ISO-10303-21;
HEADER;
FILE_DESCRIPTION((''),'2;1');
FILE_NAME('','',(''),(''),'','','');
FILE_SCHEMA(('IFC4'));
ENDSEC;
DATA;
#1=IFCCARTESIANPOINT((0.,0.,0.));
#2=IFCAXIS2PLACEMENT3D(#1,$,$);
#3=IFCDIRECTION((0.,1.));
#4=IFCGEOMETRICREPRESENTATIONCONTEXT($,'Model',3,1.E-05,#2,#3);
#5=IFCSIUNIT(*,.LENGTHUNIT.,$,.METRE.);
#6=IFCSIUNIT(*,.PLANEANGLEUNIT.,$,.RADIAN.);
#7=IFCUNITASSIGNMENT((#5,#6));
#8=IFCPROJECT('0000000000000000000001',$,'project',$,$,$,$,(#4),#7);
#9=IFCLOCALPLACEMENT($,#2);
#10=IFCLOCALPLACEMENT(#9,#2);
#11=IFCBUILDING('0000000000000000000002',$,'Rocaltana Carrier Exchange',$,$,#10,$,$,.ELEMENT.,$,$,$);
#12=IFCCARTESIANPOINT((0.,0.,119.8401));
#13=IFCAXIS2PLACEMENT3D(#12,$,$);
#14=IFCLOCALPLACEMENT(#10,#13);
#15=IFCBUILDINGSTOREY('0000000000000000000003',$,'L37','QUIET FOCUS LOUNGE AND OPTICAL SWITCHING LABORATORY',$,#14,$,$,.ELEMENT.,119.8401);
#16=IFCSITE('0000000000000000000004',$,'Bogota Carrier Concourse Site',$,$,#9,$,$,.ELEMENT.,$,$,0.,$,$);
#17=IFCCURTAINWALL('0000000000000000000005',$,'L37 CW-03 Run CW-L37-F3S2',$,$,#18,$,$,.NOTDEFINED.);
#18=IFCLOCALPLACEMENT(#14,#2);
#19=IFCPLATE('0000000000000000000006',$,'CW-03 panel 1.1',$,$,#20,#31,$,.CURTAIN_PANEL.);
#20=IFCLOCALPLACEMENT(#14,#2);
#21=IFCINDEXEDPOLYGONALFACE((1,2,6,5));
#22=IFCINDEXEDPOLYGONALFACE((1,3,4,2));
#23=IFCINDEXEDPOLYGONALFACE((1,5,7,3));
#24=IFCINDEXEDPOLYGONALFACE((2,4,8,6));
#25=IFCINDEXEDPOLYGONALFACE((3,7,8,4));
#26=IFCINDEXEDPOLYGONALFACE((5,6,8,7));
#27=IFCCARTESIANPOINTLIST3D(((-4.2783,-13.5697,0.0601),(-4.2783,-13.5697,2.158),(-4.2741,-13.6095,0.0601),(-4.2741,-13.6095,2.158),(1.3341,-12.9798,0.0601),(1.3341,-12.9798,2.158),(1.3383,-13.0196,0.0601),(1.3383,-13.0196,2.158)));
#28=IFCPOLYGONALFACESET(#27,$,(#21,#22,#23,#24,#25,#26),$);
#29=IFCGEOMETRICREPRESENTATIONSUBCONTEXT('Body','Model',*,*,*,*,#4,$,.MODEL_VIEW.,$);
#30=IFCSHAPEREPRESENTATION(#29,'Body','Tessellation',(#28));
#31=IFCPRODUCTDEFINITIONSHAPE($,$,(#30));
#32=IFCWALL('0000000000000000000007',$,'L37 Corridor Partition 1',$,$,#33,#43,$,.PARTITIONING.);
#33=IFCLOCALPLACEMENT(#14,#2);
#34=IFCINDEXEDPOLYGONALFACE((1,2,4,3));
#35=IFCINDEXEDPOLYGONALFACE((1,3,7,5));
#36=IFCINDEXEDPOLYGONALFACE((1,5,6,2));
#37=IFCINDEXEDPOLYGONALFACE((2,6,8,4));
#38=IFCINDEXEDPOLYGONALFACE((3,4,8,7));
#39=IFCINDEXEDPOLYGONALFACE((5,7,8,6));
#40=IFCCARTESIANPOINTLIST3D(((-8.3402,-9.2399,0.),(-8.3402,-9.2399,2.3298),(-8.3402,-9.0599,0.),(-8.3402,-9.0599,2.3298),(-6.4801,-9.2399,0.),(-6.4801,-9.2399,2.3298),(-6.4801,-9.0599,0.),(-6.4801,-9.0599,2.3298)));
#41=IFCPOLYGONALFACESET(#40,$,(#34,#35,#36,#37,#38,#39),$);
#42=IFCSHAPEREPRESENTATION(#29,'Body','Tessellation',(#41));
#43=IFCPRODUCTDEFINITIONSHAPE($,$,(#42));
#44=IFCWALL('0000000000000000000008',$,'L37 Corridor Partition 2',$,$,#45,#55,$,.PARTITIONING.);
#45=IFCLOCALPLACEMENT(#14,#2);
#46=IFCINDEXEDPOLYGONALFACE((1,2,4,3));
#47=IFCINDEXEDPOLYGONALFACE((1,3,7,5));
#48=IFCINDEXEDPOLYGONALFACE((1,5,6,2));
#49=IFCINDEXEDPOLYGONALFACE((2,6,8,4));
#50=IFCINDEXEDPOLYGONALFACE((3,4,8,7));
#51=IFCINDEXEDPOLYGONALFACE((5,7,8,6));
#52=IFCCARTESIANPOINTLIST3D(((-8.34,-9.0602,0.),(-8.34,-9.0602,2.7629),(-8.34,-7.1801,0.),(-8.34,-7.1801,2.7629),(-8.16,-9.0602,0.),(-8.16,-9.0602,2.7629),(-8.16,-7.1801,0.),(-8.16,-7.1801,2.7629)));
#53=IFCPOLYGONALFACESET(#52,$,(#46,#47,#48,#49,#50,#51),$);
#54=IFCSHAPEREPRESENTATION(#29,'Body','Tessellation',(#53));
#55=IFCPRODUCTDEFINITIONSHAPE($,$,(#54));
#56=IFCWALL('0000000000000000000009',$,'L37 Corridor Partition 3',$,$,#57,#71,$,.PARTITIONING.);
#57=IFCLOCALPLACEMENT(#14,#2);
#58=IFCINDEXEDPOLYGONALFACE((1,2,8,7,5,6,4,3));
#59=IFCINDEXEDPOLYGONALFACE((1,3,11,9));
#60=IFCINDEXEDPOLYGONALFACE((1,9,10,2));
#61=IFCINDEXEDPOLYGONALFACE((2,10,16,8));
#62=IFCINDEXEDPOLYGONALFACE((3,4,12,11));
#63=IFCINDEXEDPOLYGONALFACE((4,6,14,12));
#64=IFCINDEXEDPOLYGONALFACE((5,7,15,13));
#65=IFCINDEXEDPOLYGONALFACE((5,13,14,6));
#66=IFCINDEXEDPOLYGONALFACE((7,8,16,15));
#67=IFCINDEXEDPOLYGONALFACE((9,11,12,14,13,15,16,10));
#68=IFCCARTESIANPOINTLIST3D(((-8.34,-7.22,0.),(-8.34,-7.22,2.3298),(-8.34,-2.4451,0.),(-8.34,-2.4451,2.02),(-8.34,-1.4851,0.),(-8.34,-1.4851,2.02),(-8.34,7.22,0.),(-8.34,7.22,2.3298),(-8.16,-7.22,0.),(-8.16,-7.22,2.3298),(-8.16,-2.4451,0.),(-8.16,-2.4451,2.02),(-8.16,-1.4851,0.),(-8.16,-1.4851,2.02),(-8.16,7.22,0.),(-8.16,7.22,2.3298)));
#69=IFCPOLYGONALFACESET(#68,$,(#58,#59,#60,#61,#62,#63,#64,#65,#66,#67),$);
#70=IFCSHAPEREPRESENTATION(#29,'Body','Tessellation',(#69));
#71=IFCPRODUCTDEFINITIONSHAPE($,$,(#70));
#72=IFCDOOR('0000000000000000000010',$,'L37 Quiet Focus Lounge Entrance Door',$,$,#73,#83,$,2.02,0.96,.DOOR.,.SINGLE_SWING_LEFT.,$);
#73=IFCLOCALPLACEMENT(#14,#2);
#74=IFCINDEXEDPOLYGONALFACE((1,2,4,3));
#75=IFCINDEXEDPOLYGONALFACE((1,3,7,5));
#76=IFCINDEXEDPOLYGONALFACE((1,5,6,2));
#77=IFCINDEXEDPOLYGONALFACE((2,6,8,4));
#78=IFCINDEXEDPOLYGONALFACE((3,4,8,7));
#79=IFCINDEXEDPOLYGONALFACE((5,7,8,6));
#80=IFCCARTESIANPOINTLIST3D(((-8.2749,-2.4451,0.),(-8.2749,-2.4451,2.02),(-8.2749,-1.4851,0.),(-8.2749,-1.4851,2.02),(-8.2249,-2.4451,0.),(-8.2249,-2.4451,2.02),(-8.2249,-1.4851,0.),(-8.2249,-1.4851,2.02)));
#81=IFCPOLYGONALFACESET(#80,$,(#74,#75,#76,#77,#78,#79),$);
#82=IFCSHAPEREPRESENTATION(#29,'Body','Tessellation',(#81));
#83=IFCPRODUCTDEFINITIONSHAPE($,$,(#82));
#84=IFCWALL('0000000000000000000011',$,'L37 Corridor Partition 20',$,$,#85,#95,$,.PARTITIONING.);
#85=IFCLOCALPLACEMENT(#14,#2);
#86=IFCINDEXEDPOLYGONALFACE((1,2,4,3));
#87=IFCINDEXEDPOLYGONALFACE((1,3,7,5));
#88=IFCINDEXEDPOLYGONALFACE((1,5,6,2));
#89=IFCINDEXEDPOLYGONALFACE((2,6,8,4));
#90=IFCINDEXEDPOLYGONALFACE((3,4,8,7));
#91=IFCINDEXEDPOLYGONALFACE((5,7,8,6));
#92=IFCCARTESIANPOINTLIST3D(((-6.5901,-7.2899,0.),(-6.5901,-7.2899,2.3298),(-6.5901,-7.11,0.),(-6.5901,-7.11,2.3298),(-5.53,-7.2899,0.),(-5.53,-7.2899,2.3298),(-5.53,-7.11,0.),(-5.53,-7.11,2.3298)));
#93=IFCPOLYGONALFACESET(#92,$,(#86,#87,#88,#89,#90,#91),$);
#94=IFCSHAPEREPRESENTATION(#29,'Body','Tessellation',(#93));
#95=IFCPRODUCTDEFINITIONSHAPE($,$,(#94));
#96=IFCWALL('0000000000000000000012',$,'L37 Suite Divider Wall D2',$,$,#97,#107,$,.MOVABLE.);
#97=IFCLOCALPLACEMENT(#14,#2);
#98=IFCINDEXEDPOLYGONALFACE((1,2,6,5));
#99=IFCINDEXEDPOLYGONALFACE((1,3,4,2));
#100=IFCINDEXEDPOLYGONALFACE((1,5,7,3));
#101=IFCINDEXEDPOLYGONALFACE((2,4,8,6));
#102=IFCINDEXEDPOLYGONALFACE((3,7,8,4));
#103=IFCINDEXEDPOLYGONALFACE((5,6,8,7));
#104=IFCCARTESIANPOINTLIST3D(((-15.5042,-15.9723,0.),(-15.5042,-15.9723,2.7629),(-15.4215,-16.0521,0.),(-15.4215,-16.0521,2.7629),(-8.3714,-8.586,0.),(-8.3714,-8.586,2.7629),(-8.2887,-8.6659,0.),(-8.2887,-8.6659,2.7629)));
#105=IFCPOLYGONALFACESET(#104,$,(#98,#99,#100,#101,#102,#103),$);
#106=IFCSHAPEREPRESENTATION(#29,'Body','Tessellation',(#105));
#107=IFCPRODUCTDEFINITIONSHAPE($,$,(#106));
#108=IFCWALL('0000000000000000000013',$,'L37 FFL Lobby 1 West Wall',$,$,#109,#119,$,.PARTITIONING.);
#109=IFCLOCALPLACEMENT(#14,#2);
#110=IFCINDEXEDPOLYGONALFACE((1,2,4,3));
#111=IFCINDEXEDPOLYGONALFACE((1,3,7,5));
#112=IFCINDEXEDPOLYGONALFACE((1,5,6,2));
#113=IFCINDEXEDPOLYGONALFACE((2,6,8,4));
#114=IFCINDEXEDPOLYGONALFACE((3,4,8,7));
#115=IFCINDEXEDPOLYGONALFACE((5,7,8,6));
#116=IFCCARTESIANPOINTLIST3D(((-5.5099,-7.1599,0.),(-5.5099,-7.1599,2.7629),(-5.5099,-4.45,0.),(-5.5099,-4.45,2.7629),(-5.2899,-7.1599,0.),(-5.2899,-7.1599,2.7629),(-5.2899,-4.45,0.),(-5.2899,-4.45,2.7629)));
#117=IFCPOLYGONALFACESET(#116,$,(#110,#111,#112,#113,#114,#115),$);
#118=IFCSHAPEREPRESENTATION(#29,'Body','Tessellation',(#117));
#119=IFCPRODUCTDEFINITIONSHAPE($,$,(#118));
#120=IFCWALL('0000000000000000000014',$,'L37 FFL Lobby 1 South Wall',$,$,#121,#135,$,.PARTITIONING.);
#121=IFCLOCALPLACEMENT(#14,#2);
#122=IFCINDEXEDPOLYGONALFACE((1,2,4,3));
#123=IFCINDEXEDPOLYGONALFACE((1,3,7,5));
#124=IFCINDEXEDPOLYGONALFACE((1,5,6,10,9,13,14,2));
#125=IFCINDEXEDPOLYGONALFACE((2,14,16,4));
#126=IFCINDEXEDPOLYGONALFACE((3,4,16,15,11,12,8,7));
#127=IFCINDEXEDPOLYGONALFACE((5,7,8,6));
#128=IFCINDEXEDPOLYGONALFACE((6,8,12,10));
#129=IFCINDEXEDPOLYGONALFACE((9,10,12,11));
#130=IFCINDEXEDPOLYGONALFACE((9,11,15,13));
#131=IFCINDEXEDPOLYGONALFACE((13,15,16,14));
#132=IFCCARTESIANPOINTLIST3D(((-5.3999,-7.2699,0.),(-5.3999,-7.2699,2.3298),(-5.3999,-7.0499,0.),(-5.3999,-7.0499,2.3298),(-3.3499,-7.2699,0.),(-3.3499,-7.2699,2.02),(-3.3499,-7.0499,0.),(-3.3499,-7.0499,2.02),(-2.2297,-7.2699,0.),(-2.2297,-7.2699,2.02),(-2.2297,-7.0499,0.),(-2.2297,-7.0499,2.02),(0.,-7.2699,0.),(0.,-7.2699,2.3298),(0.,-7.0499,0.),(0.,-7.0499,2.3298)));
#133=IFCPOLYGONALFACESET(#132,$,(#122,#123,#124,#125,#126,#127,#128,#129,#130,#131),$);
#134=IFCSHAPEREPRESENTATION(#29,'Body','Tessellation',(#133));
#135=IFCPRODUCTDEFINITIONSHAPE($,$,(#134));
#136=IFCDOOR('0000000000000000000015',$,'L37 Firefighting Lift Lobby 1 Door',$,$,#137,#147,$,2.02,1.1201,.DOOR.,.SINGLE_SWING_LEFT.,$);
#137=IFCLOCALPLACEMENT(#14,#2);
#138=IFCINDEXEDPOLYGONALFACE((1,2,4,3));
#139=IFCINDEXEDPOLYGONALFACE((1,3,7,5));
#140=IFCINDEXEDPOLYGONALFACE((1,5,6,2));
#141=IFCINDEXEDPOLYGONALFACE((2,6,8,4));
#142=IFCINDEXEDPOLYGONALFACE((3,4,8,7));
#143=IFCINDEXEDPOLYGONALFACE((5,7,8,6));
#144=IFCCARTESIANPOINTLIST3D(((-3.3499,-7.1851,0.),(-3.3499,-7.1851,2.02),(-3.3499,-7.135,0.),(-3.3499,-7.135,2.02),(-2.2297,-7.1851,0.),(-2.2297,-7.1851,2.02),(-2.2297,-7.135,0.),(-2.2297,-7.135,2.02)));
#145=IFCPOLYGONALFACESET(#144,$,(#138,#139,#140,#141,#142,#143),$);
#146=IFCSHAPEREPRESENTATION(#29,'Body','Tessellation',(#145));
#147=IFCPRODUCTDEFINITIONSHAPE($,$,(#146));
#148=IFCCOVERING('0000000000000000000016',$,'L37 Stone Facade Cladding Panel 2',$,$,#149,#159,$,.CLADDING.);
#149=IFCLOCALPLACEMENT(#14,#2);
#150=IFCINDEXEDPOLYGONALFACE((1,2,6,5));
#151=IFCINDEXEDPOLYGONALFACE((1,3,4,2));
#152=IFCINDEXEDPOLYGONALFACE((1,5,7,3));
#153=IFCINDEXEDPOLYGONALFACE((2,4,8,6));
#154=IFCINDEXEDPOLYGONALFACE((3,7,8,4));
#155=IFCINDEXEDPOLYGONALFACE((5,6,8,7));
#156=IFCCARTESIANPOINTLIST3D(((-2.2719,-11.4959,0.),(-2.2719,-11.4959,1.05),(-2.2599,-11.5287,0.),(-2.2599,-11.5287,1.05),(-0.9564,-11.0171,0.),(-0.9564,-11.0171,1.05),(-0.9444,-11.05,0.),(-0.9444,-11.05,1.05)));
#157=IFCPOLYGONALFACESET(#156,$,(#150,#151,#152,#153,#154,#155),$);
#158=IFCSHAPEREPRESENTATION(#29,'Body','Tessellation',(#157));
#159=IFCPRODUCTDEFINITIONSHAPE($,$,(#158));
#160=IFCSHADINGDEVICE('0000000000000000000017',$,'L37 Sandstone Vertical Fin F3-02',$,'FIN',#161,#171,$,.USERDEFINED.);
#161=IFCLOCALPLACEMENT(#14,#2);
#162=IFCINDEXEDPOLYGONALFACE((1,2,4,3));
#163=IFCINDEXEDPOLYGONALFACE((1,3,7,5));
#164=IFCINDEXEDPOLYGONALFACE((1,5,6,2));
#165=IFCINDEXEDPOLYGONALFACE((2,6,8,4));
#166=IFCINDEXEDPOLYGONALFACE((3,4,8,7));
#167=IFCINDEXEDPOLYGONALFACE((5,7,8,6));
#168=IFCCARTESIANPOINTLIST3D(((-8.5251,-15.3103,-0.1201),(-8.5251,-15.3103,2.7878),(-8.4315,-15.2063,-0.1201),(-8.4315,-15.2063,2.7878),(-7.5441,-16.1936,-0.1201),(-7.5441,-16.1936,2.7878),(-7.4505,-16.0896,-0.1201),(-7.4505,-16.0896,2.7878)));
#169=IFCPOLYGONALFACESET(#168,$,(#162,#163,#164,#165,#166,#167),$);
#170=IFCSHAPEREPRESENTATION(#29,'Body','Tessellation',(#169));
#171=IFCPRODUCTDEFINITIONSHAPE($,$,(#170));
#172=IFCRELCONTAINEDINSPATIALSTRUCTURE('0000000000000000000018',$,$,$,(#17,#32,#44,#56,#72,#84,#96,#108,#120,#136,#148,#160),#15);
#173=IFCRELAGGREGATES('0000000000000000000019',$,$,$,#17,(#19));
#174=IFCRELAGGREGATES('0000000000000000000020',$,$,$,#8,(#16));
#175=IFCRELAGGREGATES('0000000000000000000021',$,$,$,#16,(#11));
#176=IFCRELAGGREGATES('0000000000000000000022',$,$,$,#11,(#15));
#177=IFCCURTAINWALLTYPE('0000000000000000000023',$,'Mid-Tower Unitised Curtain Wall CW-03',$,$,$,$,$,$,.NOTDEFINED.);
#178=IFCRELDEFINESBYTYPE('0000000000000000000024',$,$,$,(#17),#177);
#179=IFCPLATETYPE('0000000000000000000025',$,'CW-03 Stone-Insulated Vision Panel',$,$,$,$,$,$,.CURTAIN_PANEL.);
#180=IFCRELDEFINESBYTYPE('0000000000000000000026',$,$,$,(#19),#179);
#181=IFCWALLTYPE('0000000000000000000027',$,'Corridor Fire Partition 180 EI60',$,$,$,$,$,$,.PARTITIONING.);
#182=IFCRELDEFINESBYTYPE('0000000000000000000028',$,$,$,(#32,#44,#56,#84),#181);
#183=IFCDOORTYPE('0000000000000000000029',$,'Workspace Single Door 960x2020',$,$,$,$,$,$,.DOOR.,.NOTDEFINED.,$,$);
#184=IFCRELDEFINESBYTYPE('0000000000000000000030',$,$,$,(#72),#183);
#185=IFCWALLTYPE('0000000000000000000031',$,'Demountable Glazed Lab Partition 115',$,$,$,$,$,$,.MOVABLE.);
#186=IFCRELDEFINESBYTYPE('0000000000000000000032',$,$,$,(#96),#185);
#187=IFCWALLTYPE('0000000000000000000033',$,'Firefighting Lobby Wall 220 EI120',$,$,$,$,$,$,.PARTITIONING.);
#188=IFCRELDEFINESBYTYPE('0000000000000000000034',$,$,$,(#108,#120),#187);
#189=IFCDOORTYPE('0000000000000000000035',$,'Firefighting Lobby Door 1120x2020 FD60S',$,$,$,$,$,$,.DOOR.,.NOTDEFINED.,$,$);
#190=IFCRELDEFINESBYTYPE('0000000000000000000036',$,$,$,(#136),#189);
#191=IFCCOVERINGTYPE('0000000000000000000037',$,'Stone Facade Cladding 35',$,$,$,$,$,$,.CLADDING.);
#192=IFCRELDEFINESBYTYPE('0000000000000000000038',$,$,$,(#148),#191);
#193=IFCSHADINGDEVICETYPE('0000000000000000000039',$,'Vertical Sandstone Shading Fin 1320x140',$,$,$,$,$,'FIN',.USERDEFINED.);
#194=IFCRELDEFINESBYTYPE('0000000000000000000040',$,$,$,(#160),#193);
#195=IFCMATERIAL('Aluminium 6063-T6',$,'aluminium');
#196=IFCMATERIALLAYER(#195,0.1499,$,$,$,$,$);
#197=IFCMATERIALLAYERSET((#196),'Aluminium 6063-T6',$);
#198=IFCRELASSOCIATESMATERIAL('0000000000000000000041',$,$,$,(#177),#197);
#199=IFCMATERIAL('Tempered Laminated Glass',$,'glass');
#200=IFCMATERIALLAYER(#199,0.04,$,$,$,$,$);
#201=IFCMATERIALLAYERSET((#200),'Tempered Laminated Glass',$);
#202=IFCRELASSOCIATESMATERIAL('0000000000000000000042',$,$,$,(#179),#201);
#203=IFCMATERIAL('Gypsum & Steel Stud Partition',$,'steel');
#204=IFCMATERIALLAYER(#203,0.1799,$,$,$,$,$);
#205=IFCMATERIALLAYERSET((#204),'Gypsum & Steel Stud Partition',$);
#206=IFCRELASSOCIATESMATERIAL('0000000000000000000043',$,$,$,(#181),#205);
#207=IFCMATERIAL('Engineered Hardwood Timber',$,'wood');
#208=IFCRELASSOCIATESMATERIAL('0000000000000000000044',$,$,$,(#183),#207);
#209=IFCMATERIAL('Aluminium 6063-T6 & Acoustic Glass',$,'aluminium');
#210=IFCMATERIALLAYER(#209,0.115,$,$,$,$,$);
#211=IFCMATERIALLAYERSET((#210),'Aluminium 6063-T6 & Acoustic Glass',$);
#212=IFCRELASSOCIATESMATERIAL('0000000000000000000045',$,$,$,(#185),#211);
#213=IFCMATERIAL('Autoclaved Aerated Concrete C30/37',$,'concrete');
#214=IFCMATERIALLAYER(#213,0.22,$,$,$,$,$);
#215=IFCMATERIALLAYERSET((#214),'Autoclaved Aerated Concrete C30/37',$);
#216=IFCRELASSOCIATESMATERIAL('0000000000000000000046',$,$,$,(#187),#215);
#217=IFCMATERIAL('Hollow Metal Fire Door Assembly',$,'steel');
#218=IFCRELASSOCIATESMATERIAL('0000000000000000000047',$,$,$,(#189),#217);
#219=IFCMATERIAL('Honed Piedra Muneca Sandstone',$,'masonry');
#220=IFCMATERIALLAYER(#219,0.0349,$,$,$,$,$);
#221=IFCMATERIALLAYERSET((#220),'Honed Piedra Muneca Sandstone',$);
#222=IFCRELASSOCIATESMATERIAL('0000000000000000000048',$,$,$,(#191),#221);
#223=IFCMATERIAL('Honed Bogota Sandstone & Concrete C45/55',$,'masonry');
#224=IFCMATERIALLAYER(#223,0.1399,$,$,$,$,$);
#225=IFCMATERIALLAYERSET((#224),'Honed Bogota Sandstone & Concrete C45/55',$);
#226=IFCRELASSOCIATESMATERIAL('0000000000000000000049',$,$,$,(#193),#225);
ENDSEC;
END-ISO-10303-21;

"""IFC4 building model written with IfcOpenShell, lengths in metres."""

from ifc_helpers import new_model, si_unit, direction, frame, frame_2d, origin, origin_2d, place, context, subcontext, project, spatial, rectangle, extrude, material, layer, layer_set, type_object, element, fill, aggregate, save


model = new_model("IFC4")

# Units and contexts
model_context = context("Model", 3, precision=1e-05, world=origin(), true_north=direction((0.0, 1.0)))
body_context = subcontext(model_context, "Body", "Model", "MODEL_VIEW")
ifc_project = project(units=[si_unit("LENGTHUNIT", "METRE"), si_unit("PLANEANGLEUNIT", "RADIAN")], contexts=[model_context])

# Site, building, storey
site_placement = place(None, origin())
site = spatial("IfcSite", under=ifc_project, at=site_placement, Name="Bogota Carrier Concourse Site", CompositionType="ELEMENT", RefElevation=0.0)
building_placement = place(site_placement, origin())
building = spatial("IfcBuilding", under=site, at=building_placement, Name="Rocaltana Carrier Exchange", CompositionType="ELEMENT")
storey_placement = place(building_placement, frame((0.0, 0.0, 119.8401)))
storey = spatial("IfcBuildingStorey", under=building, at=storey_placement, Name="L37", Description="QUIET FOCUS LOUNGE AND OPTICAL SWITCHING LABORATORY", CompositionType="ELEMENT", Elevation=119.8401)

# Shared definitions
ifc_material_1 = material(Name="Aluminium 6063-T6", Category="aluminium")
ifc_layer_1 = layer(ifc_material_1, 0.1499)
ifc_layer_set_1 = layer_set([ifc_layer_1], Name="Aluminium 6063-T6")
curtain_wall_type = type_object("IfcCurtainWallType", Name="Mid-Tower Unitised Curtain Wall CW-03", PredefinedType="NOTDEFINED", material=ifc_layer_set_1)

# Curtain wall
curtain_wall_1_placement = place(storey_placement, origin())
curtain_wall_1 = element("IfcCurtainWall", 1, at=curtain_wall_1_placement, inside=storey, type_object=curtain_wall_type, Name="L37 CW-03 Run CW-L37-F3S2", PredefinedType="NOTDEFINED")

# Plate
ifc_material_2 = material(Name="Tempered Laminated Glass", Category="glass")
ifc_layer_2 = layer(ifc_material_2, 0.04)
ifc_layer_set_2 = layer_set([ifc_layer_2], Name="Tempered Laminated Glass")
plate_type = type_object("IfcPlateType", Name="CW-03 Stone-Insulated Vision Panel", PredefinedType="CURTAIN_PANEL", material=ifc_layer_set_2)
plate_placement = place(storey_placement, frame((-1.47, -13.2947, 0.0601), z_axis=(0.0, 0.0, 1.0), x_axis=(0.994522, 0.10453, 0.0)))
plate = element("IfcPlate", 2, at=plate_placement, type_object=plate_type, Name="CW-03 panel 1.1", PredefinedType="CURTAIN_PANEL", context=body_context, shape_type="SweptSolid", body=[
    extrude(rectangle(XDim=5.6433, YDim=0.04, at=origin_2d()), origin(), (0.0, 0.0, 1.0), 2.0979),
])
aggregate(curtain_wall_1, [plate])

# Walls
ifc_material_3 = material(Name="Gypsum & Steel Stud Partition", Category="steel")
ifc_layer_3 = layer(ifc_material_3, 0.1799)
ifc_layer_set_3 = layer_set([ifc_layer_3], Name="Gypsum & Steel Stud Partition")
wall_type_1 = type_object("IfcWallType", Name="Corridor Fire Partition 180 EI60", PredefinedType="PARTITIONING", material=ifc_layer_set_3)
wall_1_placement = place(storey_placement, frame((-6.48, -9.1499, 0.0), z_axis=(0.0, 0.0, 1.0), x_axis=(-1.0, 0.0, 0.0)))
element("IfcWall", 3, at=wall_1_placement, inside=storey, type_object=wall_type_1, Name="L37 Corridor Partition 1", PredefinedType="PARTITIONING", context=body_context, shape_type="SweptSolid", body=[
    extrude(rectangle(XDim=1.8601, YDim=0.1799, at=frame_2d((0.9302, 0.0))), origin(), (0.0, 0.0, 1.0), 2.3298),
])
wall_2_placement = place(storey_placement, frame((-8.25, -9.0601, 0.0), z_axis=(0.0, 0.0, 1.0), x_axis=(0.0, 1.0, 0.0)))
element("IfcWall", 4, at=wall_2_placement, inside=storey, type_object=wall_type_1, Name="L37 Corridor Partition 2", PredefinedType="PARTITIONING", context=body_context, shape_type="SweptSolid", body=[
    extrude(rectangle(XDim=1.8801, YDim=0.1799, at=frame_2d((0.9399, 0.0))), origin(), (0.0, 0.0, 1.0), 2.7629),
])

# Wall, opening, door
wall_3_placement = place(storey_placement, frame((-8.25, -7.22, 0.0), z_axis=(0.0, 0.0, 1.0), x_axis=(0.0, 1.0, 0.0)))
wall_3 = element("IfcWall", 5, at=wall_3_placement, inside=storey, type_object=wall_type_1, Name="L37 Corridor Partition 3", PredefinedType="PARTITIONING", context=body_context, shape_type="SweptSolid", body=[
    extrude(rectangle(XDim=14.4399, YDim=0.1799, at=frame_2d((7.22, 0.0))), origin(), (0.0, 0.0, 1.0), 2.3298),
])
opening_1_placement = place(wall_3_placement, frame((4.7749, 0.0, 0.0)))
opening_1 = element("IfcOpeningElement", 6, at=opening_1_placement, cuts=wall_3, PredefinedType="OPENING", context=body_context, shape_type="SweptSolid", body=[
    extrude(rectangle(XDim=0.96, YDim=2.02, at=frame_2d((0.48, 1.01))), frame((0.0, 0.0999, 0.0), z_axis=(0.0, -1.0, 0.0), x_axis=(1.0, 0.0, 0.0)), (0.0, 0.0, 1.0), 0.2),
])
ifc_material_4 = material(Name="Engineered Hardwood Timber", Category="wood")
door_type_1 = type_object("IfcDoorType", Name="Workspace Single Door 960x2020", OperationType="NOTDEFINED", PredefinedType="DOOR", material=ifc_material_4)
door_1_placement = place(opening_1_placement, origin())
door_1 = element("IfcDoor", 7, at=door_1_placement, inside=storey, type_object=door_type_1, Name="L37 Quiet Focus Lounge Entrance Door", OperationType="SINGLE_SWING_LEFT", OverallHeight=2.02, OverallWidth=0.96, PredefinedType="DOOR", context=body_context, shape_type="SweptSolid", body=[
    extrude(rectangle(XDim=0.96, YDim=2.02, at=frame_2d((0.48, 1.01))), frame((0.0, 0.0249, 0.0), z_axis=(0.0, -1.0, 0.0), x_axis=(1.0, 0.0, 0.0)), (0.0, 0.0, 1.0), 0.05),
])
fill(opening_1, door_1)

# Walls
wall_4_placement = place(storey_placement, frame((-6.5901, -7.2, 0.0), z_axis=(0.0, 0.0, 1.0), x_axis=(1.0, 0.0, 0.0)))
element("IfcWall", 8, at=wall_4_placement, inside=storey, type_object=wall_type_1, Name="L37 Corridor Partition 20", PredefinedType="PARTITIONING", context=body_context, shape_type="SweptSolid", body=[
    extrude(rectangle(XDim=1.0601, YDim=0.1799, at=frame_2d((0.53, 0.0))), origin(), (0.0, 0.0, 1.0), 2.3298),
])
ifc_material_5 = material(Name="Aluminium 6063-T6 & Acoustic Glass", Category="aluminium")
ifc_layer_4 = layer(ifc_material_5, 0.115)
ifc_layer_set_4 = layer_set([ifc_layer_4], Name="Aluminium 6063-T6 & Acoustic Glass")
wall_type_2 = type_object("IfcWallType", Name="Demountable Glazed Lab Partition 115", PredefinedType="MOVABLE", material=ifc_layer_set_4)
wall_5_placement = place(storey_placement, frame((-8.3301, -8.626, 0.0), z_axis=(0.0, 0.0, 1.0), x_axis=(-0.694659, -0.719339, 0.0)))
element("IfcWall", 9, at=wall_5_placement, inside=storey, type_object=wall_type_2, Name="L37 Suite Divider Wall D2", PredefinedType="MOVABLE", context=body_context, shape_type="SweptSolid", body=[
    extrude(rectangle(XDim=10.2681, YDim=0.115, at=frame_2d((5.134, 0.0))), origin(), (0.0, 0.0, 1.0), 2.7629),
])
ifc_material_6 = material(Name="Autoclaved Aerated Concrete C30/37", Category="concrete")
ifc_layer_5 = layer(ifc_material_6, 0.22)
ifc_layer_set_5 = layer_set([ifc_layer_5], Name="Autoclaved Aerated Concrete C30/37")
wall_type_3 = type_object("IfcWallType", Name="Firefighting Lobby Wall 220 EI120", PredefinedType="PARTITIONING", material=ifc_layer_set_5)
wall_6_placement = place(storey_placement, frame((-5.3999, -7.1599, 0.0), z_axis=(0.0, 0.0, 1.0), x_axis=(0.0, 1.0, 0.0)))
element("IfcWall", 10, at=wall_6_placement, inside=storey, type_object=wall_type_3, Name="L37 FFL Lobby 1 West Wall", PredefinedType="PARTITIONING", context=body_context, shape_type="SweptSolid", body=[
    extrude(rectangle(XDim=2.71, YDim=0.22, at=frame_2d((1.355, 0.0))), origin(), (0.0, 0.0, 1.0), 2.7629),
])

# Wall, opening, door
wall_7_placement = place(storey_placement, frame((-5.3999, -7.1599, 0.0), z_axis=(0.0, 0.0, 1.0), x_axis=(1.0, 0.0, 0.0)))
wall_7 = element("IfcWall", 11, at=wall_7_placement, inside=storey, type_object=wall_type_3, Name="L37 FFL Lobby 1 South Wall", PredefinedType="PARTITIONING", context=body_context, shape_type="SweptSolid", body=[
    extrude(rectangle(XDim=5.3999, YDim=0.22, at=frame_2d((2.7, 0.0))), origin(), (0.0, 0.0, 1.0), 2.3298),
])
opening_2_placement = place(wall_7_placement, frame((2.05, 0.0, 0.0)))
opening_2 = element("IfcOpeningElement", 12, at=opening_2_placement, cuts=wall_7, PredefinedType="OPENING", context=body_context, shape_type="SweptSolid", body=[
    extrude(rectangle(XDim=1.1201, YDim=2.02, at=frame_2d((0.5601, 1.01))), frame((0.0, 0.1199, 0.0), z_axis=(0.0, -1.0, 0.0), x_axis=(1.0, 0.0, 0.0)), (0.0, 0.0, 1.0), 0.24),
])
ifc_material_7 = material(Name="Hollow Metal Fire Door Assembly", Category="steel")
door_type_2 = type_object("IfcDoorType", Name="Firefighting Lobby Door 1120x2020 FD60S", OperationType="NOTDEFINED", PredefinedType="DOOR", material=ifc_material_7)
door_2_placement = place(opening_2_placement, origin())
door_2 = element("IfcDoor", 13, at=door_2_placement, inside=storey, type_object=door_type_2, Name="L37 Firefighting Lift Lobby 1 Door", OperationType="SINGLE_SWING_LEFT", OverallHeight=2.02, OverallWidth=1.1201, PredefinedType="DOOR", context=body_context, shape_type="SweptSolid", body=[
    extrude(rectangle(XDim=1.1201, YDim=2.02, at=frame_2d((0.5601, 1.01))), frame((0.0, 0.0249, 0.0), z_axis=(0.0, -1.0, 0.0), x_axis=(1.0, 0.0, 0.0)), (0.0, 0.0, 1.0), 0.05),
])
fill(opening_2, door_2)

# Covering
ifc_material_8 = material(Name="Honed Piedra Muneca Sandstone", Category="masonry")
ifc_layer_6 = layer(ifc_material_8, 0.0349)
ifc_layer_set_6 = layer_set([ifc_layer_6], Name="Honed Piedra Muneca Sandstone")
covering_type = type_object("IfcCoveringType", Name="Stone Facade Cladding 35", PredefinedType="CLADDING", material=ifc_layer_set_6)
covering_placement = place(storey_placement, frame((-1.6082, -11.2729, 0.0), z_axis=(0.0, 0.0, 1.0), x_axis=(0.939693, 0.34202, 0.0)))
element("IfcCovering", 14, at=covering_placement, inside=storey, type_object=covering_type, Name="L37 Stone Facade Cladding Panel 2", PredefinedType="CLADDING", context=body_context, shape_type="SweptSolid", body=[
    extrude(rectangle(XDim=1.3999, YDim=0.0349, at=origin_2d()), origin(), (0.0, 0.0, 1.0), 1.05),
])

# Shading device
ifc_material_9 = material(Name="Honed Bogota Sandstone & Concrete C45/55", Category="masonry")
ifc_layer_7 = layer(ifc_material_9, 0.1399)
ifc_layer_set_7 = layer_set([ifc_layer_7], Name="Honed Bogota Sandstone & Concrete C45/55")
shading_device_type = type_object("IfcShadingDeviceType", Name="Vertical Sandstone Shading Fin 1320x140", ElementType="FIN", PredefinedType="USERDEFINED", material=ifc_layer_set_7)
shading_device_placement = place(storey_placement, frame((-7.9878, -15.7, -0.1201), z_axis=(0.0, 0.0, 1.0), x_axis=(0.743145, -0.669131, 0.0)))
element("IfcShadingDevice", 15, at=shading_device_placement, inside=storey, type_object=shading_device_type, Name="L37 Sandstone Vertical Fin F3-02", ObjectType="FIN", PredefinedType="USERDEFINED", context=body_context, shape_type="SweptSolid", body=[
    extrude(rectangle(XDim=1.3201, YDim=0.1399, at=origin_2d()), origin(), (0.0, 0.0, 1.0), 2.908),
])

save(model, "model.ifc")
